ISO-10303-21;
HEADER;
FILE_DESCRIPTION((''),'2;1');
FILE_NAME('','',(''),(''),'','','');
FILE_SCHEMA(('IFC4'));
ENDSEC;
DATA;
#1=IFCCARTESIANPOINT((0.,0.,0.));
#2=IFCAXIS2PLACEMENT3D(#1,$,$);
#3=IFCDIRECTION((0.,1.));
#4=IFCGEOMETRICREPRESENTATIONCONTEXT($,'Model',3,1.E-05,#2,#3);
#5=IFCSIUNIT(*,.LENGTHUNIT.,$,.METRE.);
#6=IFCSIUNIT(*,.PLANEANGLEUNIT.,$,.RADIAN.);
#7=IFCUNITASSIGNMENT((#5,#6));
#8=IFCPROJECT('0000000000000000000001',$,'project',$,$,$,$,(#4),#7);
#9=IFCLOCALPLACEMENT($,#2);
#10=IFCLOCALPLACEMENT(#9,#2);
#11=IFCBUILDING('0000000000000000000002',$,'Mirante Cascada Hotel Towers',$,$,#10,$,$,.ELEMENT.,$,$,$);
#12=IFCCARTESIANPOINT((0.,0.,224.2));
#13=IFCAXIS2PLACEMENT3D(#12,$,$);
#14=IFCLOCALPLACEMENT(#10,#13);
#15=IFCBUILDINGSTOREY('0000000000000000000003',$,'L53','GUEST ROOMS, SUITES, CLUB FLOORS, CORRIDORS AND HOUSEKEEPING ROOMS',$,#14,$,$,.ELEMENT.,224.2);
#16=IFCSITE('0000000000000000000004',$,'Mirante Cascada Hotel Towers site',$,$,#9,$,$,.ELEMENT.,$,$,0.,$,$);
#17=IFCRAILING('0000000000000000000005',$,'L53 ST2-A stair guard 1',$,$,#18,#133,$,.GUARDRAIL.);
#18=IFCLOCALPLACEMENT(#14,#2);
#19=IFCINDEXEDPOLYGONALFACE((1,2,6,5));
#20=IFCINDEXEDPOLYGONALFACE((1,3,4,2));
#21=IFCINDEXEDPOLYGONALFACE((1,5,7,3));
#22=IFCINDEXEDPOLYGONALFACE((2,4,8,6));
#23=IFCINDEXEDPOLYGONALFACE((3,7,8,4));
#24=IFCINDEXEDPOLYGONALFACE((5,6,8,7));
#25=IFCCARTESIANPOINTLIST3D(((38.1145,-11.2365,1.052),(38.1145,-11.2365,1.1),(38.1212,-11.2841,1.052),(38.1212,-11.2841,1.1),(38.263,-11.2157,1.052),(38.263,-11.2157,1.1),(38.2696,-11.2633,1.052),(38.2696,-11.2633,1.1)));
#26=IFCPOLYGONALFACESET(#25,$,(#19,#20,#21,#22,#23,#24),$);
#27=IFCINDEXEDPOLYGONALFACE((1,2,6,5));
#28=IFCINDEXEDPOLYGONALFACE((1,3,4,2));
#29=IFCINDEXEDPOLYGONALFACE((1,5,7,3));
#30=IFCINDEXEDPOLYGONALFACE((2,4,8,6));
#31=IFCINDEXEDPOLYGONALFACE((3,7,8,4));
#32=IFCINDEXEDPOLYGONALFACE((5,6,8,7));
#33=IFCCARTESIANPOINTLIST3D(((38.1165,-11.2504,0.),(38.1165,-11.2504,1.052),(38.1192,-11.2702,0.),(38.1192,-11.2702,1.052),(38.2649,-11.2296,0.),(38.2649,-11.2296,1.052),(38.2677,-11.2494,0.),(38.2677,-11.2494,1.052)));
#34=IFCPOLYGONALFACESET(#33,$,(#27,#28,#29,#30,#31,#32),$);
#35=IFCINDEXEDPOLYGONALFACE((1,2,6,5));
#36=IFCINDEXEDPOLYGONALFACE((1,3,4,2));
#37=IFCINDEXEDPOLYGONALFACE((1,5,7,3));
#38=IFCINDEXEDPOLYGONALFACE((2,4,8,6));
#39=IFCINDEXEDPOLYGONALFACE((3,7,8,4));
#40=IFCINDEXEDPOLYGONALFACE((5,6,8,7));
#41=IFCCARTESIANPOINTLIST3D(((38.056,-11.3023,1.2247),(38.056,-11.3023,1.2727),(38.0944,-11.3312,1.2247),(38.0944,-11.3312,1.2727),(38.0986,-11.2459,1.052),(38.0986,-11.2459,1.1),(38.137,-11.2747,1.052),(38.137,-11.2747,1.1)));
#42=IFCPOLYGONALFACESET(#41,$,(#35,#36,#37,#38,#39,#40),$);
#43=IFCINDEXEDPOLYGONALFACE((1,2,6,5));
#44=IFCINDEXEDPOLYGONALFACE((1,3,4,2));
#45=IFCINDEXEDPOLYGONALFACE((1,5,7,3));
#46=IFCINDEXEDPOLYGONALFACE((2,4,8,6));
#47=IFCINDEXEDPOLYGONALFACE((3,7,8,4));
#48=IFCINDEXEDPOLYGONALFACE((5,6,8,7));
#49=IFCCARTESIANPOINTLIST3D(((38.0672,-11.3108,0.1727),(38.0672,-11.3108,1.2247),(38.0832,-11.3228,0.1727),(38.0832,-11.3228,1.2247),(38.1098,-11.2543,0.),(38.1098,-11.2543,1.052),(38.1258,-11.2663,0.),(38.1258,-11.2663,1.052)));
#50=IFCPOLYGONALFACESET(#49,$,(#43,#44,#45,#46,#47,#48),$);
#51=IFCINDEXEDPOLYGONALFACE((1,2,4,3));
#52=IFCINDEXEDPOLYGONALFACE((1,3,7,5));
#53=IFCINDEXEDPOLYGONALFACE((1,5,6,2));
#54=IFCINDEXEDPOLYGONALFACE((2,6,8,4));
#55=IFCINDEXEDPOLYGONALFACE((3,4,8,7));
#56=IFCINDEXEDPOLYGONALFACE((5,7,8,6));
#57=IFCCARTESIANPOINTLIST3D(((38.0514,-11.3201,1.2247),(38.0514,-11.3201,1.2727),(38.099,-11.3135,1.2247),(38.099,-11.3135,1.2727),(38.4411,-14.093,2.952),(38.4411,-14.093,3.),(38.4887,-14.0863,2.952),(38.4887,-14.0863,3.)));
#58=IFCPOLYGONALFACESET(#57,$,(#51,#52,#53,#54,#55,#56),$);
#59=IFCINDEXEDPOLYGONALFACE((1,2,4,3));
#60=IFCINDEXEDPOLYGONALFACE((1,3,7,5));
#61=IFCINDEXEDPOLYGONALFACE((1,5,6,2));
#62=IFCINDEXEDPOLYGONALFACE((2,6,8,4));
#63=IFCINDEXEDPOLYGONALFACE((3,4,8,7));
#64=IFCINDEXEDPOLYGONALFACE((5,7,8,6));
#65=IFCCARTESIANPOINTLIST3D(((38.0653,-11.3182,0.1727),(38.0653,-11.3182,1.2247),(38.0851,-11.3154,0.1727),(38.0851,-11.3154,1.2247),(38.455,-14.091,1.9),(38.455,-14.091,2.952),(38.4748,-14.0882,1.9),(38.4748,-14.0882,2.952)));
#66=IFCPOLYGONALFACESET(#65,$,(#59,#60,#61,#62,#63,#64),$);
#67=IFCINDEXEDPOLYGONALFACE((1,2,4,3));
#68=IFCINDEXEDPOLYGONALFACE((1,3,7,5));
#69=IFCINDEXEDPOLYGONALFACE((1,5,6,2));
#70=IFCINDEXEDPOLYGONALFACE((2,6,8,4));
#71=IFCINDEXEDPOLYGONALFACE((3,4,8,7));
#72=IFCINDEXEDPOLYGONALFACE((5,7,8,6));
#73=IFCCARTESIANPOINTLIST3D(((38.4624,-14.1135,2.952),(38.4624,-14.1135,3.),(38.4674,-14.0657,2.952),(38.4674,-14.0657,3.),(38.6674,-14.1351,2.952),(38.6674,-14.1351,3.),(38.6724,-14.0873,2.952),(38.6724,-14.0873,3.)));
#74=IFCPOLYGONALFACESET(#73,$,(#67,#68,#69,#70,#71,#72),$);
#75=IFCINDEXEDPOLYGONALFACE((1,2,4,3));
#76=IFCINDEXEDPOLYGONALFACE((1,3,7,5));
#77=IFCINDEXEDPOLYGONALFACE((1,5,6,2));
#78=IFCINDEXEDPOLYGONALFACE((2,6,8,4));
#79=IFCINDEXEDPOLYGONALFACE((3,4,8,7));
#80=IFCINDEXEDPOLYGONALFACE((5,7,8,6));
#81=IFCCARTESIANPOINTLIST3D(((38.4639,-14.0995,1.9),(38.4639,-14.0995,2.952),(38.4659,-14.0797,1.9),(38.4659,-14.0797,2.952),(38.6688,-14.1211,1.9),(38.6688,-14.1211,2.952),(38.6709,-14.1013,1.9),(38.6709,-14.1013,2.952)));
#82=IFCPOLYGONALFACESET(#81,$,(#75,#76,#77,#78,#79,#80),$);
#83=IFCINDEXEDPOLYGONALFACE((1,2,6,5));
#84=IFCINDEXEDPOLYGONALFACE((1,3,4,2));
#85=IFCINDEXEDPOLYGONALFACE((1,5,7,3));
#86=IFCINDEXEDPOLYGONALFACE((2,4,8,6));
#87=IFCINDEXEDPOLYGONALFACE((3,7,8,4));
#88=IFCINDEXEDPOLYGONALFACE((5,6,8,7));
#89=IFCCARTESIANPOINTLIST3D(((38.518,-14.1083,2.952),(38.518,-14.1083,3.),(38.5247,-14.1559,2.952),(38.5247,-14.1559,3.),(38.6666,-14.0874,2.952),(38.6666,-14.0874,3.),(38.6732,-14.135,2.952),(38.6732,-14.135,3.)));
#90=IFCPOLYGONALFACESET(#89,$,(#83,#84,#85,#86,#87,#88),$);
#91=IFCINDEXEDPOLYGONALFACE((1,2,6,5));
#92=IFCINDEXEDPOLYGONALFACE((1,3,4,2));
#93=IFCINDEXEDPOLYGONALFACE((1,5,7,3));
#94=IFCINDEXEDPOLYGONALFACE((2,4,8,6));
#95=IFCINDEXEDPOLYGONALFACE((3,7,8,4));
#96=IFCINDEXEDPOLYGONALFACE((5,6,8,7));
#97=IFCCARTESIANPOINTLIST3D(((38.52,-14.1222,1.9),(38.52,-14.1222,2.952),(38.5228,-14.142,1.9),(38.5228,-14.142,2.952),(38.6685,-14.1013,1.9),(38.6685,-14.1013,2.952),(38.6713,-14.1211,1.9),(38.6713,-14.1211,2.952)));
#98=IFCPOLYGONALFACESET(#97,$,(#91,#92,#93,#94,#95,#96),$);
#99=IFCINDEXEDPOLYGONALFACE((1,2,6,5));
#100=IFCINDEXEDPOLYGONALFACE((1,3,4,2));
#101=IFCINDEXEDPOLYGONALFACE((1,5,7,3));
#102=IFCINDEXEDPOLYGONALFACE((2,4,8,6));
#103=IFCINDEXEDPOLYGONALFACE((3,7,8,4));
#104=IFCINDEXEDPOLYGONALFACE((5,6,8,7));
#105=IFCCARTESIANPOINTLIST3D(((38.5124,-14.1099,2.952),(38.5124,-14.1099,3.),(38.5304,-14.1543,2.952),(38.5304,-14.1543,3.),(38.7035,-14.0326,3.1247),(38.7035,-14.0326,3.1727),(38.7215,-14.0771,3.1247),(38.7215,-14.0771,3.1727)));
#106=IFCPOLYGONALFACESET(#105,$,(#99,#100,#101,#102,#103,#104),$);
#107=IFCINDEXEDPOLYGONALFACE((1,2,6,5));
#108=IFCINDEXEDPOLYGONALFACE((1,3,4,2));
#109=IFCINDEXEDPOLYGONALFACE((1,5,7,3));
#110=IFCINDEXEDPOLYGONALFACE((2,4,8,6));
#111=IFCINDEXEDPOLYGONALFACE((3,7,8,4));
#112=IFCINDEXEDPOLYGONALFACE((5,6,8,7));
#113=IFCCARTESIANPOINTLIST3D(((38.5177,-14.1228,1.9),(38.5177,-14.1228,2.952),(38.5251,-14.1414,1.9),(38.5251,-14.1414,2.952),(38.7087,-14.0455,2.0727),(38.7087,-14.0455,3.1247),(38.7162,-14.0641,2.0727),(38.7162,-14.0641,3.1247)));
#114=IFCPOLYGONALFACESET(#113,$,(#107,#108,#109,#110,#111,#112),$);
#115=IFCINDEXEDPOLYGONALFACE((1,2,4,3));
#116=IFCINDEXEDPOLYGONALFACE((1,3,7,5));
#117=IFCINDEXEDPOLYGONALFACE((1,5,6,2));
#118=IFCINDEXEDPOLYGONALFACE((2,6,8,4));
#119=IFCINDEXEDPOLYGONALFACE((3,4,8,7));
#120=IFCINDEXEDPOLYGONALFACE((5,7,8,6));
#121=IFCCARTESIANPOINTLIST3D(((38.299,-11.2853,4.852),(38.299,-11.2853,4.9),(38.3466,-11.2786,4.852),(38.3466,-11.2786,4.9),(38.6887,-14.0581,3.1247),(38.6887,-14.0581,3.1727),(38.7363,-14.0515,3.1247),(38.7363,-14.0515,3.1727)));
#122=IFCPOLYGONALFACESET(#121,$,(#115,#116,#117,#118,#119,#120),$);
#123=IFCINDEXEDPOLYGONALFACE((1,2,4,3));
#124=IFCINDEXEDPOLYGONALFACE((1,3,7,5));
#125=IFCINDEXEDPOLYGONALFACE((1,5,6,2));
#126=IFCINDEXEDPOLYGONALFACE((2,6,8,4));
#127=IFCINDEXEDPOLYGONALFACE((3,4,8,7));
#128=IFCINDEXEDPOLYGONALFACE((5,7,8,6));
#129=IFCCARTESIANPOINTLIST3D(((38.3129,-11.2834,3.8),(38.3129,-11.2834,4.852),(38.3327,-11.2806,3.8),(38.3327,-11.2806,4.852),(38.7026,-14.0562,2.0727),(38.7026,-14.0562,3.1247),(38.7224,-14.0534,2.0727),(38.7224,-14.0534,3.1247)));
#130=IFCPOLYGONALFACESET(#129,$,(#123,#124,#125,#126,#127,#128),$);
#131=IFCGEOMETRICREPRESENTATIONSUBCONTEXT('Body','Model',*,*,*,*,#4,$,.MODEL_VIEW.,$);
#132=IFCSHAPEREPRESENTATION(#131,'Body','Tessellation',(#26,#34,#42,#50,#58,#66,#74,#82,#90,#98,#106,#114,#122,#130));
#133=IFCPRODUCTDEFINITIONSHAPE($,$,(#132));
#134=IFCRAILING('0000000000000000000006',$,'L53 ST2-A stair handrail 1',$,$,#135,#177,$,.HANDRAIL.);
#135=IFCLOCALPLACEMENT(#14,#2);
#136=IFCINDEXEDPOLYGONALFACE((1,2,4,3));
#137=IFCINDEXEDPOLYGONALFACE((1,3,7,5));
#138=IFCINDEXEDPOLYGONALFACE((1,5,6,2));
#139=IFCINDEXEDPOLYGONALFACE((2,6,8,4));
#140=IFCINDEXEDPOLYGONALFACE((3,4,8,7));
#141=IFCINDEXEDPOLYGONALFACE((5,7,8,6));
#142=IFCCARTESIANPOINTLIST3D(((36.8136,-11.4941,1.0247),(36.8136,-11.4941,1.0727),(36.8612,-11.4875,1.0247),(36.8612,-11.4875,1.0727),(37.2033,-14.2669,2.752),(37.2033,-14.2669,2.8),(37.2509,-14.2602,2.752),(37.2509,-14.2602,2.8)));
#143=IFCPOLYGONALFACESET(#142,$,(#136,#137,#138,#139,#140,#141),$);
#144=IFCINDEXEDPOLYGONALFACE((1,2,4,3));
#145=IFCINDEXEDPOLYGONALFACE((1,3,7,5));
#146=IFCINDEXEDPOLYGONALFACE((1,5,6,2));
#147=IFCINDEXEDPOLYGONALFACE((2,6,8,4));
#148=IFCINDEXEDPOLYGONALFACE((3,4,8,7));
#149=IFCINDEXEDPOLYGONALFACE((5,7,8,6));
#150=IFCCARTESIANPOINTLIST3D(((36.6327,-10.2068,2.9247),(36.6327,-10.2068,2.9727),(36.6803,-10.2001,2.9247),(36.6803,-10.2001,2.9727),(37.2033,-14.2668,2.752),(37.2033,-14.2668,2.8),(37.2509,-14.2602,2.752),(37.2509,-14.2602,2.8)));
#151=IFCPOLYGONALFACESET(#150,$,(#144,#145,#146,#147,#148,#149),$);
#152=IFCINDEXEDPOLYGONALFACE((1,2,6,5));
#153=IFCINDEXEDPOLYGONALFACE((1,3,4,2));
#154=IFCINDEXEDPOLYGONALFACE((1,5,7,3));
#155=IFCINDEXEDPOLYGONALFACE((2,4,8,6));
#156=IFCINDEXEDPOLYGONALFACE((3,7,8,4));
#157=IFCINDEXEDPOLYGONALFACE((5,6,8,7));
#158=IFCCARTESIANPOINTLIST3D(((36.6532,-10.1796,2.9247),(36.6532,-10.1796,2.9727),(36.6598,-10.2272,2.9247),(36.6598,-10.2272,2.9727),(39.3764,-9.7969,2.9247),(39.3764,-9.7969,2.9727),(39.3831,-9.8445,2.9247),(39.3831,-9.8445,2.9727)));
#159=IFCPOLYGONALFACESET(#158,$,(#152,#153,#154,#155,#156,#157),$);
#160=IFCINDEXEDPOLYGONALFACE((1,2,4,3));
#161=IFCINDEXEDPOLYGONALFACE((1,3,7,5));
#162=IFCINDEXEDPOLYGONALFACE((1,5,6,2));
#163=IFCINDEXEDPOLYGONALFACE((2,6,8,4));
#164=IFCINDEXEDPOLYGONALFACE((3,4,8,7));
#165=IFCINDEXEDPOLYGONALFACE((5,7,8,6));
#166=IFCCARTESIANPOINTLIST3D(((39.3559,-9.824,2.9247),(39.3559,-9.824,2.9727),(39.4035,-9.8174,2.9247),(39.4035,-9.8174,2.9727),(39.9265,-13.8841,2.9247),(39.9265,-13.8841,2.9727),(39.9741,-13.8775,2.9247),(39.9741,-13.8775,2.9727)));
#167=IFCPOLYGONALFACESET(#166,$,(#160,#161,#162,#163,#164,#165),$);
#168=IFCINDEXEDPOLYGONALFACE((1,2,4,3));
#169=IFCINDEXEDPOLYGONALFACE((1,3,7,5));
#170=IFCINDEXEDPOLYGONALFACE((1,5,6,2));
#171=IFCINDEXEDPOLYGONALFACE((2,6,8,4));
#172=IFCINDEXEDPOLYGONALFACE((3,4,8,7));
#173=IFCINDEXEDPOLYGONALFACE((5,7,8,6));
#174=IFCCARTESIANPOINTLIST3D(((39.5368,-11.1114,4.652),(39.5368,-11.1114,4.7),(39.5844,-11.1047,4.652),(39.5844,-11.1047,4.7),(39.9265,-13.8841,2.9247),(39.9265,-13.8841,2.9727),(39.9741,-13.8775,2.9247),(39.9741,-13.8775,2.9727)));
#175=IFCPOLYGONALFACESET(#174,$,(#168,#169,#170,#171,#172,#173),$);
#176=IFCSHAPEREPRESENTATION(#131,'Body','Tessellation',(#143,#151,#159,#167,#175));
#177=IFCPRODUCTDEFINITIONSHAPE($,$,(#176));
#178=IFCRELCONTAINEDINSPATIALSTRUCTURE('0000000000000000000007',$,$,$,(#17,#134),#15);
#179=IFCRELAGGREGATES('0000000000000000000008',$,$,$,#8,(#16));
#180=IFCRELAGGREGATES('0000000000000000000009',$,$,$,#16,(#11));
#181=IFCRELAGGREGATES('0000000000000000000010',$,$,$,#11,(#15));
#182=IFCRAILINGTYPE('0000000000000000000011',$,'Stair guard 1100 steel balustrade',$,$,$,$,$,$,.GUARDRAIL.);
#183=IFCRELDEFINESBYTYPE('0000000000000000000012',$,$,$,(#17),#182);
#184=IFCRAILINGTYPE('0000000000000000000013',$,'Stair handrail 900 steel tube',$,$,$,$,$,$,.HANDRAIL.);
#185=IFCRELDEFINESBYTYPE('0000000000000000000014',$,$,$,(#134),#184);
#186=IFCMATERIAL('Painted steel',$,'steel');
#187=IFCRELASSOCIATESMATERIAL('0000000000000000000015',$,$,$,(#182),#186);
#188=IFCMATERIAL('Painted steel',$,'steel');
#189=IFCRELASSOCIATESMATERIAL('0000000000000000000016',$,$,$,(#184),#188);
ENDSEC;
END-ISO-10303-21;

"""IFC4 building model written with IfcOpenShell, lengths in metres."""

from ifc_helpers import new_model, si_unit, direction, frame, origin, origin_2d, place, context, subcontext, project, spatial, rectangle, extrude, material, type_object, element, save


model = new_model("IFC4")

# Units and contexts
model_context = context("Model", 3, precision=1e-05, world=origin(), true_north=direction((0.0, 1.0)))
body_context = subcontext(model_context, "Body", "Model", "MODEL_VIEW")
ifc_project = project(units=[si_unit("LENGTHUNIT", "METRE"), si_unit("PLANEANGLEUNIT", "RADIAN")], contexts=[model_context])

# Site, building, storey
site_placement = place(None, origin())
site = spatial("IfcSite", under=ifc_project, at=site_placement, Name="Mirante Cascada Hotel Towers site", CompositionType="ELEMENT", RefElevation=0.0)
building_placement = place(site_placement, origin())
building = spatial("IfcBuilding", under=site, at=building_placement, Name="Mirante Cascada Hotel Towers", CompositionType="ELEMENT")
storey_placement = place(building_placement, frame((0.0, 0.0, 224.2)))
storey = spatial("IfcBuildingStorey", under=building, at=storey_placement, Name="L53", Description="GUEST ROOMS, SUITES, CLUB FLOORS, CORRIDORS AND HOUSEKEEPING ROOMS", CompositionType="ELEMENT", Elevation=224.2)

# Railings
ifc_material_1 = material(Name="Painted steel", Category="steel")
railing_type_1 = type_object("IfcRailingType", Name="Stair guard 1100 steel balustrade", PredefinedType="GUARDRAIL", material=ifc_material_1)
railing_1_placement = place(storey_placement, frame((38.2663, -11.2395, 0.0)))
element("IfcRailing", 1, at=railing_1_placement, inside=storey, type_object=railing_type_1, Name="L53 ST2-A stair guard 1", PredefinedType="GUARDRAIL", context=body_context, shape_type="SweptSolid", body=[
    extrude(rectangle(XDim=0.048, YDim=0.048, at=origin_2d()), frame((0.0, 0.0, 1.076), z_axis=(-0.990333, -0.138713, 0.0), x_axis=(0.138713, -0.990333, 0.0)), (0.0, 0.0, 1.0), 0.1499),
    extrude(rectangle(XDim=0.02, YDim=1.052, at=origin_2d()), frame((0.0, 0.0, 0.526), z_axis=(-0.990333, -0.138713, 0.0), x_axis=(0.138713, -0.990333, 0.0)), (0.0, 0.0, 1.0), 0.1499),
    extrude(rectangle(XDim=0.048, YDim=0.048, at=origin_2d()), frame((-0.1485, -0.0208, 1.076), z_axis=(-0.602033, -0.798471, 0.0), x_axis=(0.798471, -0.602033, 0.0)), (0.0, 0.92534, 0.379139), 0.1866),
    extrude(rectangle(XDim=0.02, YDim=1.052, at=origin_2d()), frame((-0.1485, -0.0208, 0.526), z_axis=(-0.602033, -0.798471, 0.0), x_axis=(0.798471, -0.602033, 0.0)), (0.0, 0.92534, 0.379139), 0.1866),
    extrude(rectangle(XDim=0.048, YDim=0.048, at=origin_2d()), frame((-0.1911, -0.0773, 1.2487), z_axis=(0.139176, -0.990268, 0.0), x_axis=(0.990268, 0.139176, 0.0)), (0.0, 0.525021, 0.851089), 3.29),
    extrude(rectangle(XDim=0.02, YDim=1.052, at=origin_2d()), frame((-0.1911, -0.0773, 0.6987), z_axis=(0.139176, -0.990268, 0.0), x_axis=(0.990268, 0.139176, 0.0)), (0.0, 0.525021, 0.851089), 3.29),
    extrude(rectangle(XDim=0.048, YDim=0.048, at=origin_2d()), frame((0.1986, -2.8501, 2.976), z_axis=(0.994495, -0.104786, 0.0), x_axis=(0.104786, 0.994495, 0.0)), (0.0, 0.0, 1.0), 0.2061),
    extrude(rectangle(XDim=0.02, YDim=1.052, at=origin_2d()), frame((0.1986, -2.8501, 2.426), z_axis=(0.994495, -0.104786, 0.0), x_axis=(0.104786, 0.994495, 0.0)), (0.0, 0.0, 1.0), 0.2061),
    extrude(rectangle(XDim=0.048, YDim=0.048, at=origin_2d()), frame((0.4036, -2.8717, 2.976), z_axis=(-0.990241, -0.139367, 0.0), x_axis=(0.139367, -0.990241, 0.0)), (0.0, 0.0, 1.0), 0.15),
    extrude(rectangle(XDim=0.02, YDim=1.052, at=origin_2d()), frame((0.4036, -2.8717, 2.426), z_axis=(-0.990241, -0.139367, 0.0), x_axis=(0.139367, -0.990241, 0.0)), (0.0, 0.0, 1.0), 0.15),
    extrude(rectangle(XDim=0.048, YDim=0.048, at=origin_2d()), frame((0.2551, -2.8926, 2.976), z_axis=(0.927031, 0.374984, 0.0), x_axis=(-0.374984, 0.927031, 0.0)), (0.0, 0.64219, 0.766545), 0.2689),
    extrude(rectangle(XDim=0.02, YDim=1.052, at=origin_2d()), frame((0.2551, -2.8926, 2.426), z_axis=(0.927031, 0.374984, 0.0), x_axis=(-0.374984, 0.927031, 0.0)), (0.0, 0.64219, 0.766545), 0.2689),
    extrude(rectangle(XDim=0.048, YDim=0.048, at=origin_2d()), frame((0.4462, -2.8153, 3.1487), z_axis=(-0.139176, 0.990268, 0.0), x_axis=(-0.990268, -0.139176, 0.0)), (0.0, 0.525021, 0.851089), 3.29),
    extrude(rectangle(XDim=0.02, YDim=1.052, at=origin_2d()), frame((0.4462, -2.8153, 2.5987), z_axis=(-0.139176, 0.990268, 0.0), x_axis=(-0.990268, -0.139176, 0.0)), (0.0, 0.525021, 0.851089), 3.29),
])
ifc_material_2 = material(Name="Painted steel", Category="steel")
railing_type_2 = type_object("IfcRailingType", Name="Stair handrail 900 steel tube", PredefinedType="HANDRAIL", material=ifc_material_2)
railing_2_placement = place(storey_placement, frame((36.8374, -11.4908, 0.1727)))
element("IfcRailing", 2, at=railing_2_placement, inside=storey, type_object=railing_type_2, Name="L53 ST2-A stair handrail 1", PredefinedType="HANDRAIL", context=body_context, shape_type="SweptSolid", body=[
    extrude(rectangle(XDim=0.048, YDim=0.048, at=origin_2d()), frame((0.0, 0.0, 0.876), z_axis=(0.139181, -0.990267, 0.0), x_axis=(0.990267, 0.139181, 0.0)), (0.0, 0.525035, 0.851081), 3.2899),
    extrude(rectangle(XDim=0.048, YDim=0.048, at=origin_2d()), frame((0.3897, -2.7727, 2.6033), z_axis=(-0.139171, 0.990268, 0.0), x_axis=(-0.990268, -0.139171, 0.0)), (0.0, 0.042085, 0.999114), 4.1036),
    extrude(rectangle(XDim=0.048, YDim=0.048, at=origin_2d()), frame((-0.1809, 1.2874, 2.776), z_axis=(0.990269, 0.139166, 0.0), x_axis=(-0.139166, 0.990269, 0.0)), (0.0, 0.0, 1.0), 2.75),
    extrude(rectangle(XDim=0.048, YDim=0.048, at=origin_2d()), frame((2.5423, 1.6701, 2.776), z_axis=(0.139171, -0.990268, 0.0), x_axis=(0.990268, 0.139171, 0.0)), (0.0, 0.0, 1.0), 4.1),
    extrude(rectangle(XDim=0.048, YDim=0.048, at=origin_2d()), frame((3.1129, -2.39, 2.776), z_axis=(-0.139181, 0.990267, 0.0), x_axis=(-0.990267, -0.139181, 0.0)), (0.0, 0.525035, 0.851081), 3.2899),
])

save(model, "model.ifc")
